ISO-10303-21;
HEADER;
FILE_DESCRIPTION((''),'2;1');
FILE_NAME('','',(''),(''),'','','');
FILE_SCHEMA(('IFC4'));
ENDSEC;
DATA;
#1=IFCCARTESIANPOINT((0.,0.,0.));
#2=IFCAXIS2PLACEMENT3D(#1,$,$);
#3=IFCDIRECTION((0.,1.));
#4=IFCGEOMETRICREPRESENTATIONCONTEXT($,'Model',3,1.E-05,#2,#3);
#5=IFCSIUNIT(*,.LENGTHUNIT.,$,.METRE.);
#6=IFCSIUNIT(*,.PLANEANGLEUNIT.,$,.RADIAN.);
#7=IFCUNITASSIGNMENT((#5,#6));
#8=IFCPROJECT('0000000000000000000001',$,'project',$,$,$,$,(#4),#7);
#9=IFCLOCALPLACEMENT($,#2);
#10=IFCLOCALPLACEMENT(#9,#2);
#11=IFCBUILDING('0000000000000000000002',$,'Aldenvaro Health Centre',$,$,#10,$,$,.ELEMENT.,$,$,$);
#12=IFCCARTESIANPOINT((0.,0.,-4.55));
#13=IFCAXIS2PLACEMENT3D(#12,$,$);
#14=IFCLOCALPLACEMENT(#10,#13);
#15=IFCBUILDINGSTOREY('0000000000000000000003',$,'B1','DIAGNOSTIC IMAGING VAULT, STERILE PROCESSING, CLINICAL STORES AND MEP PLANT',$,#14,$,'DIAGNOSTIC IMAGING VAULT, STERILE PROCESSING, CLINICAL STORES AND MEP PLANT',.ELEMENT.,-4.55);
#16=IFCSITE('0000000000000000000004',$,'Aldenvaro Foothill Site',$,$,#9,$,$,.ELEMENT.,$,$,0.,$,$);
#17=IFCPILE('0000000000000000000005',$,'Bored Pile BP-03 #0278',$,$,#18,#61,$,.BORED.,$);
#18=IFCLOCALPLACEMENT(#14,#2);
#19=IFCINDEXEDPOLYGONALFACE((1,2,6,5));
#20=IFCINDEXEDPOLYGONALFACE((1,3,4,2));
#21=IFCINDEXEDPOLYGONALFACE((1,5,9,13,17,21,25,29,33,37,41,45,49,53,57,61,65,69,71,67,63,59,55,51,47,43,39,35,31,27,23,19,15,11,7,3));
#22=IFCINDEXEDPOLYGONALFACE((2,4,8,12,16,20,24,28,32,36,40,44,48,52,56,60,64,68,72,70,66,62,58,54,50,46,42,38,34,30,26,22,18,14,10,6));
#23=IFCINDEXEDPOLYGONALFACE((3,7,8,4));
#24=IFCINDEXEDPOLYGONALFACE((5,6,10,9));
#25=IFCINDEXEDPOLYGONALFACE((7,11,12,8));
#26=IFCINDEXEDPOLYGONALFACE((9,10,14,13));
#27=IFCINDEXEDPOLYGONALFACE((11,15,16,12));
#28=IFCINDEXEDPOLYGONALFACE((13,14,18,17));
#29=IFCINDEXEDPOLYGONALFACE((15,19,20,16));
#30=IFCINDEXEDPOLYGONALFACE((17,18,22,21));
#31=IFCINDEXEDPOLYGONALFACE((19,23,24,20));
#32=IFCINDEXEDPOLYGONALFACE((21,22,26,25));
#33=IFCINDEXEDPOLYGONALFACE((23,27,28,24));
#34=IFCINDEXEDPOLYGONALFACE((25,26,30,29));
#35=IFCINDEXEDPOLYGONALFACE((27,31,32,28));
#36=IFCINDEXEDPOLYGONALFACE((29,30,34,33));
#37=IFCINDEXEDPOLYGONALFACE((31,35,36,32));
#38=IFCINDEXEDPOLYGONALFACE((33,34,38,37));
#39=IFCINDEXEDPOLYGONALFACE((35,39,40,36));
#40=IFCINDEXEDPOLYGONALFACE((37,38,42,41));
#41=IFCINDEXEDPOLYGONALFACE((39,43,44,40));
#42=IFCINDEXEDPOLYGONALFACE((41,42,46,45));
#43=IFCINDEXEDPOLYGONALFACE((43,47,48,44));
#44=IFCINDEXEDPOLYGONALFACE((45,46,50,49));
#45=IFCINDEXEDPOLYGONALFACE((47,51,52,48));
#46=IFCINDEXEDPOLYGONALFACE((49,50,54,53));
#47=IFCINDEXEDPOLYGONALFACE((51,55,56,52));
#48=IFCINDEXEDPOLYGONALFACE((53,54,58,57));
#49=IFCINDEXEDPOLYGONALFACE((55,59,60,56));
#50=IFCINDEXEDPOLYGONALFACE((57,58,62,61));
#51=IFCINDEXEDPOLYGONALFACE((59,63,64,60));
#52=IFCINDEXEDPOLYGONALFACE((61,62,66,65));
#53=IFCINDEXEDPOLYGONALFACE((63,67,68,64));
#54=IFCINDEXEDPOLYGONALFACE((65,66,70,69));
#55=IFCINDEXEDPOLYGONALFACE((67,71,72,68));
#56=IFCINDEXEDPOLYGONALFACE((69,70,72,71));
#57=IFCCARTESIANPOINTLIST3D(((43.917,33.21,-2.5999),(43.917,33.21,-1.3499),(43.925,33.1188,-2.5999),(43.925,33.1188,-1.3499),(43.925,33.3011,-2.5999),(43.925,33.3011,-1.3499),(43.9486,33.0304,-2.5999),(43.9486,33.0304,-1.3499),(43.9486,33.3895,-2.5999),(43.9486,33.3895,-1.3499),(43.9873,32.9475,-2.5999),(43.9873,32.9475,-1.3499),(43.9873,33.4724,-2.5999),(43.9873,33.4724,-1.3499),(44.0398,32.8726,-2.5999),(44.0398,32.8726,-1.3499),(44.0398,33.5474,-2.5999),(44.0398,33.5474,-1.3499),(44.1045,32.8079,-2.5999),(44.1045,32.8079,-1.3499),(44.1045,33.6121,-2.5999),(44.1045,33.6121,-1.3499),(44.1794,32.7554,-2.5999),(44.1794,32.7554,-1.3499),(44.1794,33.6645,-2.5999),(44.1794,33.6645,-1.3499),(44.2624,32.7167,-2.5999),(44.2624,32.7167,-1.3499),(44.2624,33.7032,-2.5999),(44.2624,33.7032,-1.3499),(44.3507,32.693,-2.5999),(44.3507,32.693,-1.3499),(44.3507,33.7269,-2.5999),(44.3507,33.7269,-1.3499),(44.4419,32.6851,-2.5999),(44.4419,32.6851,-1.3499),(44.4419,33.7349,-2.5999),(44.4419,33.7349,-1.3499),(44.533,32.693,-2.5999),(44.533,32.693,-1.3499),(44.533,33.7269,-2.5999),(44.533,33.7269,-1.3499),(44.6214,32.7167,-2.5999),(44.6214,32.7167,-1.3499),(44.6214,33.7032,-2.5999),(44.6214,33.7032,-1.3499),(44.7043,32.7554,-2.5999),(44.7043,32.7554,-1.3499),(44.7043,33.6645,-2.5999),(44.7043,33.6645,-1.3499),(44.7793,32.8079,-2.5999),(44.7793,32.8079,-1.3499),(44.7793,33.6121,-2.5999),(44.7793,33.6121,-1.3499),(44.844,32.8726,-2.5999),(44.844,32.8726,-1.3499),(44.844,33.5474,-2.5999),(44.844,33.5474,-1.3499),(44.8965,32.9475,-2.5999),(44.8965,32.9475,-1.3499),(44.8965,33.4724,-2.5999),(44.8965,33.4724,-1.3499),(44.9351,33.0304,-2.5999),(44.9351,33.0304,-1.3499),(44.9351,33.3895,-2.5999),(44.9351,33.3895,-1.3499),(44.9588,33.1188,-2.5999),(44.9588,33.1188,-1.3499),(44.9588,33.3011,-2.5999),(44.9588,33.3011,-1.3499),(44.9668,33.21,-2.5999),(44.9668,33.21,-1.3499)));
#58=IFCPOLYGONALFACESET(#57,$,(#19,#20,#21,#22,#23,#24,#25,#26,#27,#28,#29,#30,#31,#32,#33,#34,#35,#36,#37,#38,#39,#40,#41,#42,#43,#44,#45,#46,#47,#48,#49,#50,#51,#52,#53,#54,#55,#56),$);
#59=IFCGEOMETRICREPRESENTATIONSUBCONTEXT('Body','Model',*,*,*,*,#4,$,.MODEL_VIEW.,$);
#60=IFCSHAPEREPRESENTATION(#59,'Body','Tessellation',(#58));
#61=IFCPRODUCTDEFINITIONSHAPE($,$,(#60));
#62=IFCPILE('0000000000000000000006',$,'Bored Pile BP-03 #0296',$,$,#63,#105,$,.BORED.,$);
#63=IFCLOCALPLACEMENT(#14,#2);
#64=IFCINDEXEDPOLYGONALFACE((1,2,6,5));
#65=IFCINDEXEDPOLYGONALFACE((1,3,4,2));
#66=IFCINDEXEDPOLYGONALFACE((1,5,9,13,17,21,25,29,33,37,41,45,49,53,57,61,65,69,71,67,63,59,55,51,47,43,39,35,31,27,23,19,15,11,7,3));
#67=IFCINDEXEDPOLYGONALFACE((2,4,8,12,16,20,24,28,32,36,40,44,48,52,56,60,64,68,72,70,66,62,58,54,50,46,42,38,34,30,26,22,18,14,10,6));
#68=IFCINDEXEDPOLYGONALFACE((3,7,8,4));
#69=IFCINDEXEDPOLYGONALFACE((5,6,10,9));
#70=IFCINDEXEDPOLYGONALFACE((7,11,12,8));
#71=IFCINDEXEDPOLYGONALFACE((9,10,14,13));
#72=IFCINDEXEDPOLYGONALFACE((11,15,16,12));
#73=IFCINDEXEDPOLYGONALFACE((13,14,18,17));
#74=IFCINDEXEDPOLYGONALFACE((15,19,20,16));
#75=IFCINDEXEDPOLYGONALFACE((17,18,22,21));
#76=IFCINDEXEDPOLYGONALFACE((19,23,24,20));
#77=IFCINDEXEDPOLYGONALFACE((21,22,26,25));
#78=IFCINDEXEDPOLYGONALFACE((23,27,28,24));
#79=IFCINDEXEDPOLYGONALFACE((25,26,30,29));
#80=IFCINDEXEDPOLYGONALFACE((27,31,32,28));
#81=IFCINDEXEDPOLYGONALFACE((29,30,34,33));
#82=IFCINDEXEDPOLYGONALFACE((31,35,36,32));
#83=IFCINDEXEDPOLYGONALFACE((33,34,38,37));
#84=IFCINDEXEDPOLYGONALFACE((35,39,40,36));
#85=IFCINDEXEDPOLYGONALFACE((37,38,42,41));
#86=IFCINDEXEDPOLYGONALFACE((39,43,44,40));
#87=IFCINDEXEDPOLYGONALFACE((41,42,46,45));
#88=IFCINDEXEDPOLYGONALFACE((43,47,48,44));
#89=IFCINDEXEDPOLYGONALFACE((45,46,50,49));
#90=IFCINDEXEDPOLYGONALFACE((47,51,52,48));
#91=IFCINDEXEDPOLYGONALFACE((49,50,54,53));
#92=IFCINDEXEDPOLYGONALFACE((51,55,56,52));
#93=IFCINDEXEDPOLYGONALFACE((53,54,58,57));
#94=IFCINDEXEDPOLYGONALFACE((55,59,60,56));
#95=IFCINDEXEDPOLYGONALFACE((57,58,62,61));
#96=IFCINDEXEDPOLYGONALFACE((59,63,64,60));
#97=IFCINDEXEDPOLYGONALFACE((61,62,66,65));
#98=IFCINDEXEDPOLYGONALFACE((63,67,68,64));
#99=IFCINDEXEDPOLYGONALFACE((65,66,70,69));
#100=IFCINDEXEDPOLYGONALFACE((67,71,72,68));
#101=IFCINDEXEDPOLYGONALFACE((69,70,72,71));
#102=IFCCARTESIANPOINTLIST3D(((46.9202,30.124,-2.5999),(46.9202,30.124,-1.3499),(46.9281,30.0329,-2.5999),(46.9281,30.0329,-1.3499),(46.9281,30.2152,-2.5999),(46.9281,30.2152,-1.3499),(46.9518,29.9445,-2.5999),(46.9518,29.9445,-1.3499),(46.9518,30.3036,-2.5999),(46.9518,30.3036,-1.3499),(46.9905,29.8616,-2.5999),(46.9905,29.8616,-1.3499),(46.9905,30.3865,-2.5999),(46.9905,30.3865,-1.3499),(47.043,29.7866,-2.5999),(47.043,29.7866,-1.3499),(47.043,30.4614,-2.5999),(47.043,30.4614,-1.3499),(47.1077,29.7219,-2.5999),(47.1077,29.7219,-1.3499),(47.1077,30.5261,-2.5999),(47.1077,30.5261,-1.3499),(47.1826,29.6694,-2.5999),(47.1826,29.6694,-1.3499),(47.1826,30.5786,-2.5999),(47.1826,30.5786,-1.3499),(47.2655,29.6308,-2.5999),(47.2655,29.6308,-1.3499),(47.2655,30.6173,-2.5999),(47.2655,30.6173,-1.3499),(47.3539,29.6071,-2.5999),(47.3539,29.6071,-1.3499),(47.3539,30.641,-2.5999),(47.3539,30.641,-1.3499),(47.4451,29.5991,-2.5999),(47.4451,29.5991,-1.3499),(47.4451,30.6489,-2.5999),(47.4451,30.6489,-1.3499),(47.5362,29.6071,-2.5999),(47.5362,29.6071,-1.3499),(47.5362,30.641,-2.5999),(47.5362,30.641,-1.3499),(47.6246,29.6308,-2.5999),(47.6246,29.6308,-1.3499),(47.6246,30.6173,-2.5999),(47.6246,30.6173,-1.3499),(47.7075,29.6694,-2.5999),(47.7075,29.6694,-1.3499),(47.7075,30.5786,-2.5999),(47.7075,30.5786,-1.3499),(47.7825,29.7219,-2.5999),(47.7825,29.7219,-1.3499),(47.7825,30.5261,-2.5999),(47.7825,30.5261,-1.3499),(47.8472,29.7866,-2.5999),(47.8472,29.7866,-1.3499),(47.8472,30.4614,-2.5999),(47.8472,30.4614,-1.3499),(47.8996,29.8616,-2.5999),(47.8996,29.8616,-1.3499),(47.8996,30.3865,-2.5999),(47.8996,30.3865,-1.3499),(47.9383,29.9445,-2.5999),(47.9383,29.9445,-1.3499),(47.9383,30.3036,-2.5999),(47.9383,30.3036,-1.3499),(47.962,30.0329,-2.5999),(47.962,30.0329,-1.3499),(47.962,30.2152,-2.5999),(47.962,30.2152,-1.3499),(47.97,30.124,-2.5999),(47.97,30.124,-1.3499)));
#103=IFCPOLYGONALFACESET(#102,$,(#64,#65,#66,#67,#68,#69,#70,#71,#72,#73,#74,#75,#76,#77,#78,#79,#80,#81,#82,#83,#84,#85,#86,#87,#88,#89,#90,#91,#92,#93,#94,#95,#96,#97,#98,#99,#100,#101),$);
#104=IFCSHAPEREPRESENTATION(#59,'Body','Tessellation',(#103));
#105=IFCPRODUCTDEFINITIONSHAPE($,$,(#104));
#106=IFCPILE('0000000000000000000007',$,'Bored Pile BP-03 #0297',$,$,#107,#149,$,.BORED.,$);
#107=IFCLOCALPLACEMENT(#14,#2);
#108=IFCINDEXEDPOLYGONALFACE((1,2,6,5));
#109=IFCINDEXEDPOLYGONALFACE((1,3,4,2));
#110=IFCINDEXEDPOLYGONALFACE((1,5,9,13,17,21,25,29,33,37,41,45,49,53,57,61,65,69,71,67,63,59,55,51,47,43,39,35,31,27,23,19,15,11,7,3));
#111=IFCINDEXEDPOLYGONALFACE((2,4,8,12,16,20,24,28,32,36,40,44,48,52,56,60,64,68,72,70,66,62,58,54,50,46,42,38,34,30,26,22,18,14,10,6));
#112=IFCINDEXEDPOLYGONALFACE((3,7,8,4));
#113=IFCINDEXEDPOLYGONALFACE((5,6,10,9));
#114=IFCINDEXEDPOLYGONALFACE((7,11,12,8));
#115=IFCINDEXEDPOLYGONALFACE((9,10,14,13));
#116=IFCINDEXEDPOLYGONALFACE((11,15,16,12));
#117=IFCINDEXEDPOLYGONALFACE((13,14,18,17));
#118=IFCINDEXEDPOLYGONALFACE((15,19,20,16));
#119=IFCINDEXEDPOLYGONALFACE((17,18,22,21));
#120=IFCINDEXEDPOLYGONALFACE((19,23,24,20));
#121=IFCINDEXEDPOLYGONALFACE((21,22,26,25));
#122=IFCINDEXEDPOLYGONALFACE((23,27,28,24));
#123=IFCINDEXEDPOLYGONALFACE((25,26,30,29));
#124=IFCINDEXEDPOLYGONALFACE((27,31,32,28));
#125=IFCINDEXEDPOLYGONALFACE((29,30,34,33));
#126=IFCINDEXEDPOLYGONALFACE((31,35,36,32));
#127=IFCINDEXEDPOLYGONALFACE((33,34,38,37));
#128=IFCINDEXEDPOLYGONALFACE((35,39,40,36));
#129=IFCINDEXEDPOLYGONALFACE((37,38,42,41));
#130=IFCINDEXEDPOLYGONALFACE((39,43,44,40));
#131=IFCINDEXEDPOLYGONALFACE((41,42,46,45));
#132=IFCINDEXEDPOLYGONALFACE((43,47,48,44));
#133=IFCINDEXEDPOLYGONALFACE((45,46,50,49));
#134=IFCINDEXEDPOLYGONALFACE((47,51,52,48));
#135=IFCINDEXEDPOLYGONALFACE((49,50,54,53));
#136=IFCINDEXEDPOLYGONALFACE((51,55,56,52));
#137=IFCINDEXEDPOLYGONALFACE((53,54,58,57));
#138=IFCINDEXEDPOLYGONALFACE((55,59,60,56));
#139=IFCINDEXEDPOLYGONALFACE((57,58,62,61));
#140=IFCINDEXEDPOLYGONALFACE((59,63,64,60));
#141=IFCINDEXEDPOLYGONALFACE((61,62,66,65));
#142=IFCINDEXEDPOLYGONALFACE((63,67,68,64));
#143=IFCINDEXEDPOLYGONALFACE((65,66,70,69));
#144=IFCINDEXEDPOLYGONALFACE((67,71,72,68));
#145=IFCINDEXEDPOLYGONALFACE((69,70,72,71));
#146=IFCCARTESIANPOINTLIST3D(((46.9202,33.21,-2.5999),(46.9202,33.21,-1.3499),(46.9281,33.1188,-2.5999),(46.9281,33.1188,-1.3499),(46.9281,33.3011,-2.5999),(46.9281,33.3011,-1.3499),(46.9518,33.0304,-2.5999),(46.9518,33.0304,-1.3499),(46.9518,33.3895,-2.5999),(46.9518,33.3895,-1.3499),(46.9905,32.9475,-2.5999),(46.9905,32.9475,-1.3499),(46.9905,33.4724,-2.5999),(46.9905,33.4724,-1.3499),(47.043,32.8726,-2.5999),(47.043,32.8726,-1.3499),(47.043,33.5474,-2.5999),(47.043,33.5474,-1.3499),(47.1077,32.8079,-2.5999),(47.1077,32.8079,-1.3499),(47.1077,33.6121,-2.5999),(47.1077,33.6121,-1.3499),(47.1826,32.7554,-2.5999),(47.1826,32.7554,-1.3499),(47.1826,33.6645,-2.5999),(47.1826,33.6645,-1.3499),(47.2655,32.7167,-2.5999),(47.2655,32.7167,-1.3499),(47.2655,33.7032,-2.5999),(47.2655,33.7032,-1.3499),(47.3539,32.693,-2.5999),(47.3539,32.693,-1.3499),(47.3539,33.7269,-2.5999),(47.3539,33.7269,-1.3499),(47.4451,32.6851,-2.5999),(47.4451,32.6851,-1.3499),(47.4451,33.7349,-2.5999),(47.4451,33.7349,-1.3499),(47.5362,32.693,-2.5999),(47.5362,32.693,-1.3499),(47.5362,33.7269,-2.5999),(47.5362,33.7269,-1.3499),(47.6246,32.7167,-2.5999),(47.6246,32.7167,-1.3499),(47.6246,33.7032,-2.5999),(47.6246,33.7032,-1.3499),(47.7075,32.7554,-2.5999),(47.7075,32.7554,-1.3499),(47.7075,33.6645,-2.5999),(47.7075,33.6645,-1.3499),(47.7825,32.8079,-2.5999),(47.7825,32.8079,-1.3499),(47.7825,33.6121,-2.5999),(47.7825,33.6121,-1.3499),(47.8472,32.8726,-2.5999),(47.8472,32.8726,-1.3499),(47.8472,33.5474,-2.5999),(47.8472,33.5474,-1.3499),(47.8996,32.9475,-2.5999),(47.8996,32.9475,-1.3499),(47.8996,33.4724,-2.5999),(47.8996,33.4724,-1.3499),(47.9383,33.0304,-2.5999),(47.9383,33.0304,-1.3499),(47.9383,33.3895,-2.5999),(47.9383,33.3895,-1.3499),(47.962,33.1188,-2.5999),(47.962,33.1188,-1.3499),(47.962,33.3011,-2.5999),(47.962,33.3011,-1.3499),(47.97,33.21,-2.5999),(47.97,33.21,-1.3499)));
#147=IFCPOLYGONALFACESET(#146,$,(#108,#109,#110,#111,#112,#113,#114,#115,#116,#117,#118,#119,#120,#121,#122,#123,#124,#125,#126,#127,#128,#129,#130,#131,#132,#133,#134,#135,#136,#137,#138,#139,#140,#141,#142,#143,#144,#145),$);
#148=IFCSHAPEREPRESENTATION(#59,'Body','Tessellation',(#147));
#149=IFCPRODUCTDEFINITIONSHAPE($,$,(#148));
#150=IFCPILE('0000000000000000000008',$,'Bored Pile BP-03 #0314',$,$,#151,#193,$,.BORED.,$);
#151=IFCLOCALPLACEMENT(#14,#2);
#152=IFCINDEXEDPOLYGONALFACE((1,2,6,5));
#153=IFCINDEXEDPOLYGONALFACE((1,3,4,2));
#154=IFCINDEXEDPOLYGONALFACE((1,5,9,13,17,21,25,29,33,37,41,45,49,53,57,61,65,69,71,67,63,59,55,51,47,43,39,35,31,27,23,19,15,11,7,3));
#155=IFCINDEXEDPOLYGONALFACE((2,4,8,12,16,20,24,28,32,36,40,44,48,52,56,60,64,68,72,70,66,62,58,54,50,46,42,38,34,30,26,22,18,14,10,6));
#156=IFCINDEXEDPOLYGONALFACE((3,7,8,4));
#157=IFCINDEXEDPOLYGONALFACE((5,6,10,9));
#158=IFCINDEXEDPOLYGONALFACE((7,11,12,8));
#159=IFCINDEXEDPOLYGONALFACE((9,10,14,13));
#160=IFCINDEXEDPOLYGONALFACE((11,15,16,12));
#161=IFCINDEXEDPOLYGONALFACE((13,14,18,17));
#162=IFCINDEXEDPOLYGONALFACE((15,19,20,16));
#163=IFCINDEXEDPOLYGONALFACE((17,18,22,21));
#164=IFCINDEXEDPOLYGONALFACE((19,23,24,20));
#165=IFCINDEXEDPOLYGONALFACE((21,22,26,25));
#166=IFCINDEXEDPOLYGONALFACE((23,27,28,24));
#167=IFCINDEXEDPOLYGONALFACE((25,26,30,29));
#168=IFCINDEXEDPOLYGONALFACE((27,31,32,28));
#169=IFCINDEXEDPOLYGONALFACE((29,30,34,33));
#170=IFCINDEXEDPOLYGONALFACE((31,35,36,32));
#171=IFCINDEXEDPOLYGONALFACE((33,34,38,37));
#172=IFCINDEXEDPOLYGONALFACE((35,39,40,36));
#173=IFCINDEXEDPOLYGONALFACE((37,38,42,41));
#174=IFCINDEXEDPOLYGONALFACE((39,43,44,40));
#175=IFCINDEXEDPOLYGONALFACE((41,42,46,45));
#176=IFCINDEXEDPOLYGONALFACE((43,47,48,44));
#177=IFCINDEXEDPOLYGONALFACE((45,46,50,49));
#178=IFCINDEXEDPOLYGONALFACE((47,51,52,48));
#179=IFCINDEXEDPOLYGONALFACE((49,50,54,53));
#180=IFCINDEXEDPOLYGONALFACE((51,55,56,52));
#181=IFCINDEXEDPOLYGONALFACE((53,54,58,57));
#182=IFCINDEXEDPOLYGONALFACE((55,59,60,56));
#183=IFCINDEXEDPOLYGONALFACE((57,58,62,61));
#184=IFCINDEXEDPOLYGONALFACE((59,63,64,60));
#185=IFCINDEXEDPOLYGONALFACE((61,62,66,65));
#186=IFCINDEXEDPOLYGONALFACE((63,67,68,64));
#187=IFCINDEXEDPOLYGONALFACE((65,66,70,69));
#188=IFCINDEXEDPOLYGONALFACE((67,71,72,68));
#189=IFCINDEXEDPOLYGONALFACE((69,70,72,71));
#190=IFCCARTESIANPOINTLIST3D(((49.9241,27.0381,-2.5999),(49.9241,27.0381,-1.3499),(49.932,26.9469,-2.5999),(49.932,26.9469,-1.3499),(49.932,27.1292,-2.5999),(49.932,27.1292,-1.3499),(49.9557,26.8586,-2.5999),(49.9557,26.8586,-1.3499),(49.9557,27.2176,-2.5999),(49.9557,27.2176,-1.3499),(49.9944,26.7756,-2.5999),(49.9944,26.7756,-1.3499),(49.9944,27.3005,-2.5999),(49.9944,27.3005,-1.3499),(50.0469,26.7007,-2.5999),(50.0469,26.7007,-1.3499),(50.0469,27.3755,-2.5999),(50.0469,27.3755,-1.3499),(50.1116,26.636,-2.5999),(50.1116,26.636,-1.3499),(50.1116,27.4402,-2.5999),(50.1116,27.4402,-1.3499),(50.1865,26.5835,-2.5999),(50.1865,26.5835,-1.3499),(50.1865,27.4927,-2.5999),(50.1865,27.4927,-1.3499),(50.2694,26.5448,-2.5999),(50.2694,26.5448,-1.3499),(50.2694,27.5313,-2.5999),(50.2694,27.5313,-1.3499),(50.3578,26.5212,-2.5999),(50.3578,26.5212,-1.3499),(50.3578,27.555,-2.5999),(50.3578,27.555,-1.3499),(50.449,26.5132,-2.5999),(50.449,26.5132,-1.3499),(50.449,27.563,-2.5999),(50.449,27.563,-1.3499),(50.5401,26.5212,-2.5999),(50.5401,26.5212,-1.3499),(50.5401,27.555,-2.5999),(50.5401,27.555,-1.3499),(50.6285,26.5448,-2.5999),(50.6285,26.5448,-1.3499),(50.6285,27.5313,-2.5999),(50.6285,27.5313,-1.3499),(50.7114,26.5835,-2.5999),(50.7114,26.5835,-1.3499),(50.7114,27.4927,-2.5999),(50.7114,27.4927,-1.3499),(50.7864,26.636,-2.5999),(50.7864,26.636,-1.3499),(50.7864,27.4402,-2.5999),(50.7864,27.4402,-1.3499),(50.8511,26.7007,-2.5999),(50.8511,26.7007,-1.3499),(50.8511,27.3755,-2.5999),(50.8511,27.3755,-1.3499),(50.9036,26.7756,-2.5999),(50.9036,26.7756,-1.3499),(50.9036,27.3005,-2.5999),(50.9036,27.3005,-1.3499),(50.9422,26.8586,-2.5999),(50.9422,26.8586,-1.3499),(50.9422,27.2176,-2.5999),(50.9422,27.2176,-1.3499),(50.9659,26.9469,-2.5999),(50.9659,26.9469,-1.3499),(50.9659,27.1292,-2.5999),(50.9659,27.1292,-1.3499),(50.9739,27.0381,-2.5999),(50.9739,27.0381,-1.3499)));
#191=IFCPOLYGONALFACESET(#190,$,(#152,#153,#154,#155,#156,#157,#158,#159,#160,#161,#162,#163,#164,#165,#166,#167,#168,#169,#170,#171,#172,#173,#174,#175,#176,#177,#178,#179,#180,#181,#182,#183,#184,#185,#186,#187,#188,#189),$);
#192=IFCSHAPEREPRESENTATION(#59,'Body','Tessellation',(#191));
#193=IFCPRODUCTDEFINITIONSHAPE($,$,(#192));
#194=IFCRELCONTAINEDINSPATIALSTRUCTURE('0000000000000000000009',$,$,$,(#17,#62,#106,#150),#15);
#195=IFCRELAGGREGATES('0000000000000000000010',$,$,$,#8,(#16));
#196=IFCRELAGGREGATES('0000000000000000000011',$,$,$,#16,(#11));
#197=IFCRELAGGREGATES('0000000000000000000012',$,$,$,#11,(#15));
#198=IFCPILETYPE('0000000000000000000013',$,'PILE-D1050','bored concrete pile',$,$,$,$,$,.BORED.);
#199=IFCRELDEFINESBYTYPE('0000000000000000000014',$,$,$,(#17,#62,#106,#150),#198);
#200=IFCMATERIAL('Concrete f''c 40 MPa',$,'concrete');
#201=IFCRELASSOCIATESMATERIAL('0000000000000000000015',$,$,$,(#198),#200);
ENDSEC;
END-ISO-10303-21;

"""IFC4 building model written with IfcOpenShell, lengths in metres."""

from ifc_helpers import new_model, si_unit, direction, frame, origin, origin_2d, place, context, subcontext, project, spatial, circle, extrude, material, material_profile, profile_set, type_object, element, save


model = new_model("IFC4")

# Units and contexts
model_context = context("Model", 3, precision=1e-05, world=origin(), true_north=direction((0.0, 1.0)))
body_context = subcontext(model_context, "Body", "Model", "MODEL_VIEW")
ifc_project = project(units=[si_unit("LENGTHUNIT", "METRE"), si_unit("PLANEANGLEUNIT", "RADIAN")], contexts=[model_context])

# Site, building, storey
site_placement = place(None, origin())
site = spatial("IfcSite", under=ifc_project, at=site_placement, Name="Aldenvaro Foothill Site", CompositionType="ELEMENT", RefElevation=0.0)
building_placement = place(site_placement, origin())
building = spatial("IfcBuilding", under=site, at=building_placement, Name="Aldenvaro Health Centre", CompositionType="ELEMENT")
storey_placement = place(building_placement, frame((0.0, 0.0, -4.55)))
storey = spatial("IfcBuildingStorey", under=building, at=storey_placement, Name="B1", Description="DIAGNOSTIC IMAGING VAULT, STERILE PROCESSING, CLINICAL STORES AND MEP PLANT", LongName="DIAGNOSTIC IMAGING VAULT, STERILE PROCESSING, CLINICAL STORES AND MEP PLANT", CompositionType="ELEMENT", Elevation=-4.55)

# Piles
ifc_material = material(Name="Concrete f'c 40 MPa", Category="concrete")
ifc_material_profile_1 = material_profile(ifc_material, circle(Radius=0.5249, at=origin_2d()), Name="PILE D1050", Category="concrete")
ifc_profile_set_1 = profile_set([ifc_material_profile_1], Name="Concrete f'c 40 MPa")
pile_type = type_object("IfcPileType", Name="PILE-D1050", Description="bored concrete pile", PredefinedType="BORED", material=ifc_profile_set_1)
for number, where, z_axis, x_axis, name in (
    (1, (44.4419, 33.21, -1.3499), (0.0, 0.0, -1.0), (1.0, 0.0, 0.0), "Bored Pile BP-03 #0278"),
    (2, (47.4451, 30.124, -1.3499), (0.0, 0.0, -1.0), (1.0, 0.0, 0.0), "Bored Pile BP-03 #0296"),
    (3, (47.4451, 33.21, -1.3499), (0.0, 0.0, -1.0), (1.0, 0.0, 0.0), "Bored Pile BP-03 #0297"),
    (4, (50.449, 27.0381, -1.3499), (0.0, 0.0, -1.0), (1.0, 0.0, 0.0), "Bored Pile BP-03 #0314"),
):
    element("IfcPile", number, at=place(storey_placement, frame(where, z_axis=z_axis, x_axis=x_axis)), inside=storey, type_object=pile_type, Name=name, PredefinedType="BORED", context=body_context, shape_type="SweptSolid", body=[
        extrude(circle(Radius=0.5249, at=origin_2d()), origin(), (0.0, 0.0, 1.0), 1.25),
    ])

save(model, "model.ifc")
